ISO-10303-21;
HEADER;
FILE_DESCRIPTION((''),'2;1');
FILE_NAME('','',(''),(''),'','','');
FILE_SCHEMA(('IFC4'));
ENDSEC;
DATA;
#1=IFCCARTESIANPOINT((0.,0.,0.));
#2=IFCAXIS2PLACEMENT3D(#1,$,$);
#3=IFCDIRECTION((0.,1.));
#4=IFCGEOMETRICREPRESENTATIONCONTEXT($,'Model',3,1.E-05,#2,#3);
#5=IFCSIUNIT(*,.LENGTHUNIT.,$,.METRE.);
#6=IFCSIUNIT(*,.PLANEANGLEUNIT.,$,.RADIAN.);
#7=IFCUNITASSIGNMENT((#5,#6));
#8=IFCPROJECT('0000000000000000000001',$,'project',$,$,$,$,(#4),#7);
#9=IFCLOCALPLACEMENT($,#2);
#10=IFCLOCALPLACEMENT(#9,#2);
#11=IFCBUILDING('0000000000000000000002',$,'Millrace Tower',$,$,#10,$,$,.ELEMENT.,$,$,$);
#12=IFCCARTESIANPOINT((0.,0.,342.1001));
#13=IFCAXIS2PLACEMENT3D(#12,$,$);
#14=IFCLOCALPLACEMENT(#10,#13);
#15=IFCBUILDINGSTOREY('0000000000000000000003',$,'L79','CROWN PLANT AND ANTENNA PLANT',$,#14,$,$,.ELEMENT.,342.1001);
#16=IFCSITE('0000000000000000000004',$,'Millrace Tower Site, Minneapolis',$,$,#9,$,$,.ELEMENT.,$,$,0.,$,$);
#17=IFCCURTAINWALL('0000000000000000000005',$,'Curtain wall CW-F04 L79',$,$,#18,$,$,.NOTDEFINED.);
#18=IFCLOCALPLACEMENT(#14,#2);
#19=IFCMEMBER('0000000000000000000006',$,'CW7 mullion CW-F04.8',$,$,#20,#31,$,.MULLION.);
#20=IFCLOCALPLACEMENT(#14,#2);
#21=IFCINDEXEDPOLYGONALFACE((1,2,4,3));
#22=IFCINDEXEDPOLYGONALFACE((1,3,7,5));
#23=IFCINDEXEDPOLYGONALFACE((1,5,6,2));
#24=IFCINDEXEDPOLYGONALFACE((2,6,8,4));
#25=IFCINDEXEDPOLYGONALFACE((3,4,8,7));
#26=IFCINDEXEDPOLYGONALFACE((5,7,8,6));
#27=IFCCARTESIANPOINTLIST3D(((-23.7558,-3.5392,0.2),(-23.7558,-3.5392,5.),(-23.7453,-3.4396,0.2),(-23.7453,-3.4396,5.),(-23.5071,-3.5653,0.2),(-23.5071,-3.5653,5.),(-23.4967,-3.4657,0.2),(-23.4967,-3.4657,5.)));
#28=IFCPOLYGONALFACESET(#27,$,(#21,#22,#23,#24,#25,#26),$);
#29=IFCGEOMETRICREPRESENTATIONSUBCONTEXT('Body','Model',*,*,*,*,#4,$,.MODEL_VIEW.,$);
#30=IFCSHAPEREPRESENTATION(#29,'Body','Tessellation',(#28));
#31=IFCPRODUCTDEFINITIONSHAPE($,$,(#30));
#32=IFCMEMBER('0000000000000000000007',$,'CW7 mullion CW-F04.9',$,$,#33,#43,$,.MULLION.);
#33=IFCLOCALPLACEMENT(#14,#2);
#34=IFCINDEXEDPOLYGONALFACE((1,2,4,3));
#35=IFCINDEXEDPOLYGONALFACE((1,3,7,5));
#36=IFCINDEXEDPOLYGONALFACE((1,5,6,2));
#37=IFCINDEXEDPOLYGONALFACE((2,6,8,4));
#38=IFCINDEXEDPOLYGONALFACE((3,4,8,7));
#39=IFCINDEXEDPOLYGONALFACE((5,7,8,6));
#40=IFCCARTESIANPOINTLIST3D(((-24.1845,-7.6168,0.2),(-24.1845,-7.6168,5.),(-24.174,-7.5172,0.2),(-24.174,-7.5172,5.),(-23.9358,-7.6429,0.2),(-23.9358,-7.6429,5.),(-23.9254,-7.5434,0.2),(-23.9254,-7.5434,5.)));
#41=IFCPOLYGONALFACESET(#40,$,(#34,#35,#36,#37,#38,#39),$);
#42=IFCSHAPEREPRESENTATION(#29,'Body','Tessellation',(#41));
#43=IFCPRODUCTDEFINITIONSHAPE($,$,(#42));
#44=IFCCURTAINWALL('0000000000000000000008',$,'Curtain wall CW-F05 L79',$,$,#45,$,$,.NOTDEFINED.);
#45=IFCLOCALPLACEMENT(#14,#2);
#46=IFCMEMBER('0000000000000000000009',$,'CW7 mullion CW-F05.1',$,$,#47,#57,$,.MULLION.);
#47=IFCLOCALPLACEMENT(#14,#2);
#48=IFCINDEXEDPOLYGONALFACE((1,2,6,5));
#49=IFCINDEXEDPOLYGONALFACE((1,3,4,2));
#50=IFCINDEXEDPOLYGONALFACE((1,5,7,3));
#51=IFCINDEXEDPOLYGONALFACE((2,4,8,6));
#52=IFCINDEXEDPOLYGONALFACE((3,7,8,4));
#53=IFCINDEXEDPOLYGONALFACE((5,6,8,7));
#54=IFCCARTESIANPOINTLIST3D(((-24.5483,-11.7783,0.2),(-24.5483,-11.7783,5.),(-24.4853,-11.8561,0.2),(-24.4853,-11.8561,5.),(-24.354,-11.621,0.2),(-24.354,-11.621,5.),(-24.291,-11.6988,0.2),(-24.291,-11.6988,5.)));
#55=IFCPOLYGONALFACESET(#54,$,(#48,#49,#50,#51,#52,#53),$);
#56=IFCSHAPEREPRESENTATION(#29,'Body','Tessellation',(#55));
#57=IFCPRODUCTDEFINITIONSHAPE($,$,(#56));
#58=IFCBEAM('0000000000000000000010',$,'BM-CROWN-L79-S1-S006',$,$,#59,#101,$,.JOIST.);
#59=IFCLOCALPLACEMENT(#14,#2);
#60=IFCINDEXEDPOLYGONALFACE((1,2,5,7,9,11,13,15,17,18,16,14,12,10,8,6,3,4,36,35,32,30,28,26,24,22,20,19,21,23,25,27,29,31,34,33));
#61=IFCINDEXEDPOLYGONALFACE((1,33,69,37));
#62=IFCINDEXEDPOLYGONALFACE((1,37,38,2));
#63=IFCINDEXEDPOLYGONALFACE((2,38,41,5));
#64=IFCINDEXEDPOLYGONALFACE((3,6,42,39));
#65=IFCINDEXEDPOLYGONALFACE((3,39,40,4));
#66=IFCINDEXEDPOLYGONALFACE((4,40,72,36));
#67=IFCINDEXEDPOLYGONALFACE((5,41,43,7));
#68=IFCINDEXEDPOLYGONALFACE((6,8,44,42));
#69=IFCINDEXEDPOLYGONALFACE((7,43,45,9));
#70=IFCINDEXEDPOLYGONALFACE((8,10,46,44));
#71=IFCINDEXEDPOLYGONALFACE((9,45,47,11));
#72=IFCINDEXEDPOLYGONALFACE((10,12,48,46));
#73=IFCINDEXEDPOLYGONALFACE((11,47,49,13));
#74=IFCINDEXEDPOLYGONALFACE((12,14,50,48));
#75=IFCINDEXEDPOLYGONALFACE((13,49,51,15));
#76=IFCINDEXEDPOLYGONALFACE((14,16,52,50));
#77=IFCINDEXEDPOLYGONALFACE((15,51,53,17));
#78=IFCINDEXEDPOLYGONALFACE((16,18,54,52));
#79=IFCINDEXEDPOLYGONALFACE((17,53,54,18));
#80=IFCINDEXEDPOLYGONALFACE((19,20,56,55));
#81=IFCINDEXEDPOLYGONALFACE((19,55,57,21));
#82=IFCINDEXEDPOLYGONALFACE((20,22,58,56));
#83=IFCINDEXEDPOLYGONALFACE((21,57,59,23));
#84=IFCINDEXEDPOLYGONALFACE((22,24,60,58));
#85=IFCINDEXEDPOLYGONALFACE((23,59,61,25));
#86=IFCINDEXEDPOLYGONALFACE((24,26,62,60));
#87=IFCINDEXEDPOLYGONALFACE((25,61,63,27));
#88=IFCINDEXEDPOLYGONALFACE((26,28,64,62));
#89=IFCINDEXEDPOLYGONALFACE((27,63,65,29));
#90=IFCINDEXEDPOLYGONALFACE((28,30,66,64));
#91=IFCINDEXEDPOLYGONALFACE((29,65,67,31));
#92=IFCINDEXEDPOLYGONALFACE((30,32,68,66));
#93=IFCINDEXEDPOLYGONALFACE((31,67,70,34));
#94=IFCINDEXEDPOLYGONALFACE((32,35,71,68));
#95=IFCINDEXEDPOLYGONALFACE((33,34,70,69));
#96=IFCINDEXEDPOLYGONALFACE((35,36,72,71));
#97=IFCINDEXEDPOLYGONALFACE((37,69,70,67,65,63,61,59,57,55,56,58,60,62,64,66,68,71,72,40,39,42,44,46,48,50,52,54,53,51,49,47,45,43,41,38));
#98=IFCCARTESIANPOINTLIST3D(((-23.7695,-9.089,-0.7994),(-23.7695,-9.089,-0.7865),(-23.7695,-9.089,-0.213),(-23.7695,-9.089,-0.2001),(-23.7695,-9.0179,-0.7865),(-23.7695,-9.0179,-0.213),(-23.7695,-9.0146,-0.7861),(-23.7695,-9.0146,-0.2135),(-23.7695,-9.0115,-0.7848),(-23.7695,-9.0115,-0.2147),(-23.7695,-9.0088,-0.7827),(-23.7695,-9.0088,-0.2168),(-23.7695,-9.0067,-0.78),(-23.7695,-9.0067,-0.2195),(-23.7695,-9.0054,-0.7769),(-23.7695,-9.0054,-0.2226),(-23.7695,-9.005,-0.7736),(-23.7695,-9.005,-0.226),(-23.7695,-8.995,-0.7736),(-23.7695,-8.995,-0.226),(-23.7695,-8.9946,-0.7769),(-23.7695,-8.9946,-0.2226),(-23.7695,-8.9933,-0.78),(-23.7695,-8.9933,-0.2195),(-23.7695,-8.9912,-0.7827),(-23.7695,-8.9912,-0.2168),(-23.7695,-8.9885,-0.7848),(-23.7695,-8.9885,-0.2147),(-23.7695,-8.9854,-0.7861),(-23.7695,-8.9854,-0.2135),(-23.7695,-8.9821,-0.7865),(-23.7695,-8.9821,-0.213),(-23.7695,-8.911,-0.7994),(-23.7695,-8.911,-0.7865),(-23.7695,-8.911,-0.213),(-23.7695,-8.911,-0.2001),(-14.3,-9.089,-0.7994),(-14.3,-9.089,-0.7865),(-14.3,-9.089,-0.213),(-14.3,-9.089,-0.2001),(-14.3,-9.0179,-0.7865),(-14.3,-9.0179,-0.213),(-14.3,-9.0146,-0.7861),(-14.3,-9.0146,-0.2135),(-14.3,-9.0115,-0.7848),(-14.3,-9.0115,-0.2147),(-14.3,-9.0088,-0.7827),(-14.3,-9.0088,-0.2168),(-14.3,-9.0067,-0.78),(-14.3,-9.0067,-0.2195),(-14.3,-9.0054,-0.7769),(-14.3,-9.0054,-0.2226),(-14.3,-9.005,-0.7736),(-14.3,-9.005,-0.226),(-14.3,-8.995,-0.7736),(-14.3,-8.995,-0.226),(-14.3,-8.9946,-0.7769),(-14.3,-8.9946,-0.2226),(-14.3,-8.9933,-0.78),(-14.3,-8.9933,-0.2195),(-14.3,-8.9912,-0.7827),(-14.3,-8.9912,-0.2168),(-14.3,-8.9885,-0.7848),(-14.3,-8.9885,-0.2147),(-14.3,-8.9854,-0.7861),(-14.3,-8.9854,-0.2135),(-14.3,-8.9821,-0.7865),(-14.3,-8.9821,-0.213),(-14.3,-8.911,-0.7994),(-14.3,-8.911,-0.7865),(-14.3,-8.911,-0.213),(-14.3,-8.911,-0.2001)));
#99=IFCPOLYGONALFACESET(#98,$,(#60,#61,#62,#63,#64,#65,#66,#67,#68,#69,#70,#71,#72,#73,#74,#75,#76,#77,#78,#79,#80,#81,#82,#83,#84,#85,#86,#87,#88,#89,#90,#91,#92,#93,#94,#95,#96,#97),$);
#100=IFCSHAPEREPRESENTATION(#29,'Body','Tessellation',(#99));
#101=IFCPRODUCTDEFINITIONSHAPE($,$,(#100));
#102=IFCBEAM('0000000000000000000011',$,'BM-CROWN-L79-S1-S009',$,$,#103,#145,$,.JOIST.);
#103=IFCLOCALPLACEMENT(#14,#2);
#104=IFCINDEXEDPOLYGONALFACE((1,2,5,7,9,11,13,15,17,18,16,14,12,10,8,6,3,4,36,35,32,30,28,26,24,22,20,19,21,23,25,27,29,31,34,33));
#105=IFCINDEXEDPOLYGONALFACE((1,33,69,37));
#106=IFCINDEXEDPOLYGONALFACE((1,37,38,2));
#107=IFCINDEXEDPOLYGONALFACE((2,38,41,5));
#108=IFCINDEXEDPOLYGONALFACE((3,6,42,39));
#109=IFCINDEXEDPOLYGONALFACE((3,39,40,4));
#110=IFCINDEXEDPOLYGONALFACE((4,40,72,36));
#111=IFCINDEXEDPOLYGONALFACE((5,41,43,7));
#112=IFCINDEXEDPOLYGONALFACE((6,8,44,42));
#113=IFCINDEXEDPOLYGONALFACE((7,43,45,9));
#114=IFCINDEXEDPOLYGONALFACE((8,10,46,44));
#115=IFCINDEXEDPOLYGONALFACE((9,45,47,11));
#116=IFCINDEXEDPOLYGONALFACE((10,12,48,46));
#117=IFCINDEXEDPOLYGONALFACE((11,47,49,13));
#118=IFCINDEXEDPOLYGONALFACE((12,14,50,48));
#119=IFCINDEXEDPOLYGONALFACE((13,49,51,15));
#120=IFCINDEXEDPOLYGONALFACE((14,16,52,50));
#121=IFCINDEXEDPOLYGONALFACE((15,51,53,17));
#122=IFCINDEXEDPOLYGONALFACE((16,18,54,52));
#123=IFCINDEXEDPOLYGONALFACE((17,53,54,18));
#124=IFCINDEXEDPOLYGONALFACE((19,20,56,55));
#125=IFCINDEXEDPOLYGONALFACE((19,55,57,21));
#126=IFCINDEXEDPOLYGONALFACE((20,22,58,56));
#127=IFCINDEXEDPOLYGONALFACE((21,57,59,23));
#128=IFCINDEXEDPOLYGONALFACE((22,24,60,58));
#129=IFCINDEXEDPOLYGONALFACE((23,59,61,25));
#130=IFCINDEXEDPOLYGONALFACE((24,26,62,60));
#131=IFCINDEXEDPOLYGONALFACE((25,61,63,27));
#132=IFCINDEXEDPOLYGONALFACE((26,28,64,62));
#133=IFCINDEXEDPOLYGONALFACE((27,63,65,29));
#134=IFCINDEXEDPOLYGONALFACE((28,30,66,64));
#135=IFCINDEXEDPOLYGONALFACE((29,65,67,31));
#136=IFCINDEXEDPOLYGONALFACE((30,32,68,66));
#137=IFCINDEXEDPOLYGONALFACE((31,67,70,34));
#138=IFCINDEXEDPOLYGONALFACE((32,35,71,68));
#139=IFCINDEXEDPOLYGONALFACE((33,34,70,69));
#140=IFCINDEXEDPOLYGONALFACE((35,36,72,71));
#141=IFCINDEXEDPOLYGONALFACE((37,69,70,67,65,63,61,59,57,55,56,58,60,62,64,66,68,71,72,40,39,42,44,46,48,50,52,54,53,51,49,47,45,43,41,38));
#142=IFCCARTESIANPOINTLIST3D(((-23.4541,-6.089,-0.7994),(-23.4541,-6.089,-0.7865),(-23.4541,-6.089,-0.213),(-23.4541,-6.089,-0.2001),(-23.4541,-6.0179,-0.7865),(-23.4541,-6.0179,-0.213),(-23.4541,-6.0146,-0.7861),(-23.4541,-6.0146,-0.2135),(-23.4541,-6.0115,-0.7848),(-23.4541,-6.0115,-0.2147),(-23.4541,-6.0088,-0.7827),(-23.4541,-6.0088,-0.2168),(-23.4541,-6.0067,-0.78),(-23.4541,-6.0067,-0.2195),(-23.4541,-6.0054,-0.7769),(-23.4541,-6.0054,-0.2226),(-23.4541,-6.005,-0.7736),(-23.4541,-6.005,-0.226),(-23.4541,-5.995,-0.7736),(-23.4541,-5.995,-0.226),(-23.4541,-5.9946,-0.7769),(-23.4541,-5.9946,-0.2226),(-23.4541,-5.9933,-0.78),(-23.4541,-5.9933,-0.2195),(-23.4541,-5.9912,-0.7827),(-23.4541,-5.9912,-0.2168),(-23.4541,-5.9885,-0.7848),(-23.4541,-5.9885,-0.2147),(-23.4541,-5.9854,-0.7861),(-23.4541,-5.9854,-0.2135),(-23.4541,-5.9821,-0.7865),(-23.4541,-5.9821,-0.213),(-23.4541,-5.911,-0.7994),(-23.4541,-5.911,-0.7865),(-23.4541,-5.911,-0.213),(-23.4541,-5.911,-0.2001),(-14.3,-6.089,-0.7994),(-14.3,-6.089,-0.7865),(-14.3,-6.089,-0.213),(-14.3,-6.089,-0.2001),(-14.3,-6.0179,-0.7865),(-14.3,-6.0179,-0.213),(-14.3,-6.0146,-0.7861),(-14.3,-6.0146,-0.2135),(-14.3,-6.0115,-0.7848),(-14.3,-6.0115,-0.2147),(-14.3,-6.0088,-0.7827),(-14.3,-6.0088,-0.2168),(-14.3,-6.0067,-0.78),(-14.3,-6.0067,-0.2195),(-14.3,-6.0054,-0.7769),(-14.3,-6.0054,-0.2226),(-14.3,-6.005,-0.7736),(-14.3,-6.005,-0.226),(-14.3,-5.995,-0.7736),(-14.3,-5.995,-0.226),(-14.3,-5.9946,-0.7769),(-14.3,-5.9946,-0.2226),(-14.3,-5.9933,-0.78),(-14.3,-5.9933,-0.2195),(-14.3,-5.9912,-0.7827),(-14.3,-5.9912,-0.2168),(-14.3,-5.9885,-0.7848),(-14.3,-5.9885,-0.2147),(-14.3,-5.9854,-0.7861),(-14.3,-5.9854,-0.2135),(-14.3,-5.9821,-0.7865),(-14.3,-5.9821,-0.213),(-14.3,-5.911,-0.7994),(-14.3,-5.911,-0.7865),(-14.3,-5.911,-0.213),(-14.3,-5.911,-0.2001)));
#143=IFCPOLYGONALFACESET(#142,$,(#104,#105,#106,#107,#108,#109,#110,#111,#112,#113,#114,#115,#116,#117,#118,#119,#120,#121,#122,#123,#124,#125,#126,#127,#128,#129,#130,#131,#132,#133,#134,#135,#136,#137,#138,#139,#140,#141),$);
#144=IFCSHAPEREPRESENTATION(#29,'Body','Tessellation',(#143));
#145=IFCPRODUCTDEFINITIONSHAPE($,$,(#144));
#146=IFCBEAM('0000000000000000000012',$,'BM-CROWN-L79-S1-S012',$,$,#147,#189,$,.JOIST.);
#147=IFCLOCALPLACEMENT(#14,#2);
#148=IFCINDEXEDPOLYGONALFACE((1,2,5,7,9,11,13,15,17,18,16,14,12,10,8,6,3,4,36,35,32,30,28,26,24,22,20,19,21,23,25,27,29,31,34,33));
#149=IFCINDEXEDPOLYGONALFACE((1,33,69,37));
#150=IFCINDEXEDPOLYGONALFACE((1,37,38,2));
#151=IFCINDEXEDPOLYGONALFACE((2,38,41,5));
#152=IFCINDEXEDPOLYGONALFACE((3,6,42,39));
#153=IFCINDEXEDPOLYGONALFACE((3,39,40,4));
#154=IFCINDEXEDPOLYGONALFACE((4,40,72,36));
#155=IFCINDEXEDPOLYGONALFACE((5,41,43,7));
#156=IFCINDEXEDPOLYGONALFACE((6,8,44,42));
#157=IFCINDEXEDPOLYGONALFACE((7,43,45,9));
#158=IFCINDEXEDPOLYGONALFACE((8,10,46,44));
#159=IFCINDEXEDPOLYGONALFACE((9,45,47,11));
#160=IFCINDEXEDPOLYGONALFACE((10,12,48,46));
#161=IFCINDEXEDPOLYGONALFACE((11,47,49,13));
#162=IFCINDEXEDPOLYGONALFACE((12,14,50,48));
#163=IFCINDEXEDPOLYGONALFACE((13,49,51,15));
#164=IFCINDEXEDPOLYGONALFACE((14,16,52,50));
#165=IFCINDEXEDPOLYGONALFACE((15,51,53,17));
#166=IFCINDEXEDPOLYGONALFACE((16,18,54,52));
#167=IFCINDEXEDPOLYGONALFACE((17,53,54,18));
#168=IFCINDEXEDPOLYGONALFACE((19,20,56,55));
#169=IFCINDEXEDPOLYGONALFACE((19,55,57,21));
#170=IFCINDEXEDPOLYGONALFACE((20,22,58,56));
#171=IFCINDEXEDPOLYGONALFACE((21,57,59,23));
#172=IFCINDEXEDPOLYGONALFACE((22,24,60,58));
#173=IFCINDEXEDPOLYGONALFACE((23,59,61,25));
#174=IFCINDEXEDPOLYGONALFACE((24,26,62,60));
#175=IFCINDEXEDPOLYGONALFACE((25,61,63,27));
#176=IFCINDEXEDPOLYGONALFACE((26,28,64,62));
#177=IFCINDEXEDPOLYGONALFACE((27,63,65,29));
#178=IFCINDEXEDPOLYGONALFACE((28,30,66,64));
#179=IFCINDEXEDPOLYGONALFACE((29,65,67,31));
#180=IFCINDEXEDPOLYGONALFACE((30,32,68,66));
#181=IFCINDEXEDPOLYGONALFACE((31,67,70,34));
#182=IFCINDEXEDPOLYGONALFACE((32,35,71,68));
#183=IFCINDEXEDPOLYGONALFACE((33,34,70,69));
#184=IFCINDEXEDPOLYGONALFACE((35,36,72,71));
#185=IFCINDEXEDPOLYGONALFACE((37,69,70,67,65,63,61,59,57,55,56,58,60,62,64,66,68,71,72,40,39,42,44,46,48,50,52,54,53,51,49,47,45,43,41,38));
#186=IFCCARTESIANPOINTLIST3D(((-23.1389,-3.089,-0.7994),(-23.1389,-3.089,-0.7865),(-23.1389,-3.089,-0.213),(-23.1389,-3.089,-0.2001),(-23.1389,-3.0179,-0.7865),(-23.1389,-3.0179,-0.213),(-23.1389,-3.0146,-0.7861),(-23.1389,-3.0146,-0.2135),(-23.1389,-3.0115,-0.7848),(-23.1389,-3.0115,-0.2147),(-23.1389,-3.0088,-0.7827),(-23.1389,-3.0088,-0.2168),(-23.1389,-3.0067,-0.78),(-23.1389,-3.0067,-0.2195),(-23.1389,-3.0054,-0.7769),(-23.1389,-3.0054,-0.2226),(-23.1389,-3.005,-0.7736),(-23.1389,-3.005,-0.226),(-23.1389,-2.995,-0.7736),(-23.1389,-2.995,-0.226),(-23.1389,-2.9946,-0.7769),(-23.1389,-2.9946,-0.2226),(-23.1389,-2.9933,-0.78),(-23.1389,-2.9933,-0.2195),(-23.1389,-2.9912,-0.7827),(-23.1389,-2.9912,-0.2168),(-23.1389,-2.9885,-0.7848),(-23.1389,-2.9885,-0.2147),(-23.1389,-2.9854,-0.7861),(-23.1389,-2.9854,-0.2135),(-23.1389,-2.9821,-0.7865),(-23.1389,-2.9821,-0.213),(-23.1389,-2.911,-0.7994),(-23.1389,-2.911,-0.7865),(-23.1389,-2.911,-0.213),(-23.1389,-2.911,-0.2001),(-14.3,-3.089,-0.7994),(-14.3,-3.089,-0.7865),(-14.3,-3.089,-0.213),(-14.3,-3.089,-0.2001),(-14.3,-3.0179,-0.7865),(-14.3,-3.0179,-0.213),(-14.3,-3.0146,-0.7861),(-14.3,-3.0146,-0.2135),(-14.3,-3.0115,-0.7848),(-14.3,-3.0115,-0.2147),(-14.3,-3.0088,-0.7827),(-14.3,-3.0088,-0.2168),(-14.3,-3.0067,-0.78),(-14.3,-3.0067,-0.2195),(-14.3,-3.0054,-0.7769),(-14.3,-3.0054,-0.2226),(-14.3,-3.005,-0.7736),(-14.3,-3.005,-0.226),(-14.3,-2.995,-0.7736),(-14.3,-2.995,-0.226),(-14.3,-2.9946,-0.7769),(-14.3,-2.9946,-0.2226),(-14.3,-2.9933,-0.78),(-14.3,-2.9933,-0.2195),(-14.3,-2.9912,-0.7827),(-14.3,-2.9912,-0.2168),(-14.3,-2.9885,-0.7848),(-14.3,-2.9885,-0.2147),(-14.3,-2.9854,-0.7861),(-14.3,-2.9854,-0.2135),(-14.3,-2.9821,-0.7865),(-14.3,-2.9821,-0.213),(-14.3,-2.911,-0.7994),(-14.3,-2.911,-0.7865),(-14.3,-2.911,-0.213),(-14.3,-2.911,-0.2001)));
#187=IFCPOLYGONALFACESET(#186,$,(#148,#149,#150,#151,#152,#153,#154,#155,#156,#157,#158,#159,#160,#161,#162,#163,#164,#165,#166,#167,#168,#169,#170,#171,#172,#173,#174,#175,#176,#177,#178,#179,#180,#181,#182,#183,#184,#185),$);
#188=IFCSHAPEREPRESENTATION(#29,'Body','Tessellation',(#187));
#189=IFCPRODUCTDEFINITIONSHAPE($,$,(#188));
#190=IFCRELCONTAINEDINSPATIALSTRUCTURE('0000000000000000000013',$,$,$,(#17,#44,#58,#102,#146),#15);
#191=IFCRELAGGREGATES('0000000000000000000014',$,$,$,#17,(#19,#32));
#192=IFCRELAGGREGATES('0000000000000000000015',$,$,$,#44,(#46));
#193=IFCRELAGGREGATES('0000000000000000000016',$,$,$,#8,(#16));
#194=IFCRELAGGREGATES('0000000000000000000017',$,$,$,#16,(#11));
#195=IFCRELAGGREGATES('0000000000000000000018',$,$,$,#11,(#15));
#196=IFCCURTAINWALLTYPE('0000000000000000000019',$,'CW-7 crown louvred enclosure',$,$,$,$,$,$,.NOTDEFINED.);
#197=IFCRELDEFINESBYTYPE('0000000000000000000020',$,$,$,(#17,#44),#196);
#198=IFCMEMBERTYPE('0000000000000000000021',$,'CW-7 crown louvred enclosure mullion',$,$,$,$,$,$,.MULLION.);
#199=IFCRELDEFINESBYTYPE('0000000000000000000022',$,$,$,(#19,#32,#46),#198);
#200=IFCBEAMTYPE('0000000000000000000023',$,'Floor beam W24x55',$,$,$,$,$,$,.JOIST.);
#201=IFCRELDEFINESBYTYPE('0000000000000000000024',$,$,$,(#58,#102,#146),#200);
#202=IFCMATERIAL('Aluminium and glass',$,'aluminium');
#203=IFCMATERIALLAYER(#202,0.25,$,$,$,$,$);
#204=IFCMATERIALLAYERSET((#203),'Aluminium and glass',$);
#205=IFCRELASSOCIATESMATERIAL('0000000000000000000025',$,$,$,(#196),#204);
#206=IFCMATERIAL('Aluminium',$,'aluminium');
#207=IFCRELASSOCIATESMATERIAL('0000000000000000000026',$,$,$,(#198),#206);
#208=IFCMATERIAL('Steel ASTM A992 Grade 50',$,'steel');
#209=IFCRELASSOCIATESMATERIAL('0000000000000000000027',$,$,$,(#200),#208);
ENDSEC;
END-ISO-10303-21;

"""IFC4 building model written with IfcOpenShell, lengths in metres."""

from ifc_helpers import new_model, si_unit, direction, frame, origin, origin_2d, place, context, subcontext, project, spatial, rectangle, i_section, extrude, material, layer, layer_set, material_profile, profile_set, type_object, element, aggregate, save


model = new_model("IFC4")

# Units and contexts
model_context = context("Model", 3, precision=1e-05, world=origin(), true_north=direction((0.0, 1.0)))
body_context = subcontext(model_context, "Body", "Model", "MODEL_VIEW")
ifc_project = project(units=[si_unit("LENGTHUNIT", "METRE"), si_unit("PLANEANGLEUNIT", "RADIAN")], contexts=[model_context])

# Site, building, storey
site_placement = place(None, origin())
site = spatial("IfcSite", under=ifc_project, at=site_placement, Name="Millrace Tower Site, Minneapolis", CompositionType="ELEMENT", RefElevation=0.0)
building_placement = place(site_placement, origin())
building = spatial("IfcBuilding", under=site, at=building_placement, Name="Millrace Tower", CompositionType="ELEMENT")
storey_placement = place(building_placement, frame((0.0, 0.0, 342.1001)))
storey = spatial("IfcBuildingStorey", under=building, at=storey_placement, Name="L79", Description="CROWN PLANT AND ANTENNA PLANT", CompositionType="ELEMENT", Elevation=342.1001)

# Curtain wall, members
ifc_material_1 = material(Name="Aluminium and glass", Category="aluminium")
ifc_layer_1 = layer(ifc_material_1, 0.25)
ifc_layer_set_1 = layer_set([ifc_layer_1], Name="Aluminium and glass")
curtain_wall_type = type_object("IfcCurtainWallType", Name="CW-7 crown louvred enclosure", PredefinedType="NOTDEFINED", material=ifc_layer_set_1)
placement = place(storey_placement, origin())
curtain_wall_1 = element("IfcCurtainWall", 1, at=placement, inside=storey, type_object=curtain_wall_type, Name="Curtain wall CW-F04 L79", PredefinedType="NOTDEFINED")
ifc_material_2 = material(Name="Aluminium", Category="aluminium")
ifc_material_profile_1 = material_profile(ifc_material_2, rectangle(XDim=0.1001, YDim=0.25, at=origin_2d()))
ifc_profile_set_1 = profile_set([ifc_material_profile_1], Name="Aluminium")
member_type = type_object("IfcMemberType", Name="CW-7 crown louvred enclosure mullion", PredefinedType="MULLION", material=ifc_profile_set_1)
member_1_placement = place(storey_placement, frame((-23.6262, -3.5024, 0.2), z_axis=(0.0, 0.0, 1.0), x_axis=(-0.104528, -0.994522, 0.0)))
member_1 = element("IfcMember", 2, at=member_1_placement, type_object=member_type, Name="CW7 mullion CW-F04.8", PredefinedType="MULLION", context=body_context, shape_type="SweptSolid", body=[
    extrude(rectangle(XDim=0.1001, YDim=0.25, at=origin_2d()), origin(), (0.0, 0.0, 1.0), 4.8),
])
member_2_placement = place(storey_placement, frame((-24.0549, -7.5801, 0.2), z_axis=(0.0, 0.0, 1.0), x_axis=(-0.104528, -0.994522, 0.0)))
member_2 = element("IfcMember", 3, at=member_2_placement, type_object=member_type, Name="CW7 mullion CW-F04.9", PredefinedType="MULLION", context=body_context, shape_type="SweptSolid", body=[
    extrude(rectangle(XDim=0.1001, YDim=0.25, at=origin_2d()), origin(), (0.0, 0.0, 1.0), 4.8),
])
aggregate(curtain_wall_1, [member_1, member_2])

# Curtain wall, member
curtain_wall_2 = element("IfcCurtainWall", 4, at=placement, inside=storey, type_object=curtain_wall_type, Name="Curtain wall CW-F05 L79", PredefinedType="NOTDEFINED")
member_3_placement = place(storey_placement, frame((-24.4197, -11.7385, 0.2), z_axis=(0.0, 0.0, 1.0), x_axis=(0.62932, -0.777146, 0.0)))
member_3 = element("IfcMember", 5, at=member_3_placement, type_object=member_type, Name="CW7 mullion CW-F05.1", PredefinedType="MULLION", context=body_context, shape_type="SweptSolid", body=[
    extrude(rectangle(XDim=0.1001, YDim=0.25, at=origin_2d()), origin(), (0.0, 0.0, 1.0), 4.8),
])
aggregate(curtain_wall_2, [member_3])

# Beams
ifc_material_3 = material(Name="Steel ASTM A992 Grade 50", Category="steel")
ifc_material_profile_2 = material_profile(ifc_material_3, i_section(OverallWidth=0.178, OverallDepth=0.5994, WebThickness=0.01, FlangeThickness=0.0129, FilletRadius=0.0129, at=origin_2d()))
ifc_profile_set_2 = profile_set([ifc_material_profile_2], Name="Steel ASTM A992 Grade 50")
beam_type_1 = type_object("IfcBeamType", Name="Floor beam W24x55", PredefinedType="JOIST", material=ifc_profile_set_2)
beam_1_placement = place(storey_placement, frame((-23.7695, -9.0, -0.4998), z_axis=(1.0, 0.0, 0.0), x_axis=(0.0, 1.0, 0.0)))
element("IfcBeam", 6, at=beam_1_placement, inside=storey, type_object=beam_type_1, Name="BM-CROWN-L79-S1-S006", PredefinedType="JOIST", context=body_context, shape_type="SweptSolid", body=[
    extrude(i_section(OverallWidth=0.178, OverallDepth=0.5994, WebThickness=0.01, FlangeThickness=0.0129, FilletRadius=0.0129, at=origin_2d()), origin(), (0.0, 0.0, 1.0), 9.4695),
])
beam_2_placement = place(storey_placement, frame((-23.4541, -6.0, -0.4998), z_axis=(1.0, 0.0, 0.0), x_axis=(0.0, 1.0, 0.0)))
element("IfcBeam", 7, at=beam_2_placement, inside=storey, type_object=beam_type_1, Name="BM-CROWN-L79-S1-S009", PredefinedType="JOIST", context=body_context, shape_type="SweptSolid", body=[
    extrude(i_section(OverallWidth=0.178, OverallDepth=0.5994, WebThickness=0.01, FlangeThickness=0.0129, FilletRadius=0.0129, at=origin_2d()), origin(), (0.0, 0.0, 1.0), 9.1541),
])
beam_3_placement = place(storey_placement, frame((-23.1389, -3.0, -0.4998), z_axis=(1.0, 0.0, 0.0), x_axis=(0.0, 1.0, 0.0)))
element("IfcBeam", 8, at=beam_3_placement, inside=storey, type_object=beam_type_1, Name="BM-CROWN-L79-S1-S012", PredefinedType="JOIST", context=body_context, shape_type="SweptSolid", body=[
    extrude(i_section(OverallWidth=0.178, OverallDepth=0.5994, WebThickness=0.01, FlangeThickness=0.0129, FilletRadius=0.0129, at=origin_2d()), origin(), (0.0, 0.0, 1.0), 8.8389),
])

save(model, "model.ifc")
